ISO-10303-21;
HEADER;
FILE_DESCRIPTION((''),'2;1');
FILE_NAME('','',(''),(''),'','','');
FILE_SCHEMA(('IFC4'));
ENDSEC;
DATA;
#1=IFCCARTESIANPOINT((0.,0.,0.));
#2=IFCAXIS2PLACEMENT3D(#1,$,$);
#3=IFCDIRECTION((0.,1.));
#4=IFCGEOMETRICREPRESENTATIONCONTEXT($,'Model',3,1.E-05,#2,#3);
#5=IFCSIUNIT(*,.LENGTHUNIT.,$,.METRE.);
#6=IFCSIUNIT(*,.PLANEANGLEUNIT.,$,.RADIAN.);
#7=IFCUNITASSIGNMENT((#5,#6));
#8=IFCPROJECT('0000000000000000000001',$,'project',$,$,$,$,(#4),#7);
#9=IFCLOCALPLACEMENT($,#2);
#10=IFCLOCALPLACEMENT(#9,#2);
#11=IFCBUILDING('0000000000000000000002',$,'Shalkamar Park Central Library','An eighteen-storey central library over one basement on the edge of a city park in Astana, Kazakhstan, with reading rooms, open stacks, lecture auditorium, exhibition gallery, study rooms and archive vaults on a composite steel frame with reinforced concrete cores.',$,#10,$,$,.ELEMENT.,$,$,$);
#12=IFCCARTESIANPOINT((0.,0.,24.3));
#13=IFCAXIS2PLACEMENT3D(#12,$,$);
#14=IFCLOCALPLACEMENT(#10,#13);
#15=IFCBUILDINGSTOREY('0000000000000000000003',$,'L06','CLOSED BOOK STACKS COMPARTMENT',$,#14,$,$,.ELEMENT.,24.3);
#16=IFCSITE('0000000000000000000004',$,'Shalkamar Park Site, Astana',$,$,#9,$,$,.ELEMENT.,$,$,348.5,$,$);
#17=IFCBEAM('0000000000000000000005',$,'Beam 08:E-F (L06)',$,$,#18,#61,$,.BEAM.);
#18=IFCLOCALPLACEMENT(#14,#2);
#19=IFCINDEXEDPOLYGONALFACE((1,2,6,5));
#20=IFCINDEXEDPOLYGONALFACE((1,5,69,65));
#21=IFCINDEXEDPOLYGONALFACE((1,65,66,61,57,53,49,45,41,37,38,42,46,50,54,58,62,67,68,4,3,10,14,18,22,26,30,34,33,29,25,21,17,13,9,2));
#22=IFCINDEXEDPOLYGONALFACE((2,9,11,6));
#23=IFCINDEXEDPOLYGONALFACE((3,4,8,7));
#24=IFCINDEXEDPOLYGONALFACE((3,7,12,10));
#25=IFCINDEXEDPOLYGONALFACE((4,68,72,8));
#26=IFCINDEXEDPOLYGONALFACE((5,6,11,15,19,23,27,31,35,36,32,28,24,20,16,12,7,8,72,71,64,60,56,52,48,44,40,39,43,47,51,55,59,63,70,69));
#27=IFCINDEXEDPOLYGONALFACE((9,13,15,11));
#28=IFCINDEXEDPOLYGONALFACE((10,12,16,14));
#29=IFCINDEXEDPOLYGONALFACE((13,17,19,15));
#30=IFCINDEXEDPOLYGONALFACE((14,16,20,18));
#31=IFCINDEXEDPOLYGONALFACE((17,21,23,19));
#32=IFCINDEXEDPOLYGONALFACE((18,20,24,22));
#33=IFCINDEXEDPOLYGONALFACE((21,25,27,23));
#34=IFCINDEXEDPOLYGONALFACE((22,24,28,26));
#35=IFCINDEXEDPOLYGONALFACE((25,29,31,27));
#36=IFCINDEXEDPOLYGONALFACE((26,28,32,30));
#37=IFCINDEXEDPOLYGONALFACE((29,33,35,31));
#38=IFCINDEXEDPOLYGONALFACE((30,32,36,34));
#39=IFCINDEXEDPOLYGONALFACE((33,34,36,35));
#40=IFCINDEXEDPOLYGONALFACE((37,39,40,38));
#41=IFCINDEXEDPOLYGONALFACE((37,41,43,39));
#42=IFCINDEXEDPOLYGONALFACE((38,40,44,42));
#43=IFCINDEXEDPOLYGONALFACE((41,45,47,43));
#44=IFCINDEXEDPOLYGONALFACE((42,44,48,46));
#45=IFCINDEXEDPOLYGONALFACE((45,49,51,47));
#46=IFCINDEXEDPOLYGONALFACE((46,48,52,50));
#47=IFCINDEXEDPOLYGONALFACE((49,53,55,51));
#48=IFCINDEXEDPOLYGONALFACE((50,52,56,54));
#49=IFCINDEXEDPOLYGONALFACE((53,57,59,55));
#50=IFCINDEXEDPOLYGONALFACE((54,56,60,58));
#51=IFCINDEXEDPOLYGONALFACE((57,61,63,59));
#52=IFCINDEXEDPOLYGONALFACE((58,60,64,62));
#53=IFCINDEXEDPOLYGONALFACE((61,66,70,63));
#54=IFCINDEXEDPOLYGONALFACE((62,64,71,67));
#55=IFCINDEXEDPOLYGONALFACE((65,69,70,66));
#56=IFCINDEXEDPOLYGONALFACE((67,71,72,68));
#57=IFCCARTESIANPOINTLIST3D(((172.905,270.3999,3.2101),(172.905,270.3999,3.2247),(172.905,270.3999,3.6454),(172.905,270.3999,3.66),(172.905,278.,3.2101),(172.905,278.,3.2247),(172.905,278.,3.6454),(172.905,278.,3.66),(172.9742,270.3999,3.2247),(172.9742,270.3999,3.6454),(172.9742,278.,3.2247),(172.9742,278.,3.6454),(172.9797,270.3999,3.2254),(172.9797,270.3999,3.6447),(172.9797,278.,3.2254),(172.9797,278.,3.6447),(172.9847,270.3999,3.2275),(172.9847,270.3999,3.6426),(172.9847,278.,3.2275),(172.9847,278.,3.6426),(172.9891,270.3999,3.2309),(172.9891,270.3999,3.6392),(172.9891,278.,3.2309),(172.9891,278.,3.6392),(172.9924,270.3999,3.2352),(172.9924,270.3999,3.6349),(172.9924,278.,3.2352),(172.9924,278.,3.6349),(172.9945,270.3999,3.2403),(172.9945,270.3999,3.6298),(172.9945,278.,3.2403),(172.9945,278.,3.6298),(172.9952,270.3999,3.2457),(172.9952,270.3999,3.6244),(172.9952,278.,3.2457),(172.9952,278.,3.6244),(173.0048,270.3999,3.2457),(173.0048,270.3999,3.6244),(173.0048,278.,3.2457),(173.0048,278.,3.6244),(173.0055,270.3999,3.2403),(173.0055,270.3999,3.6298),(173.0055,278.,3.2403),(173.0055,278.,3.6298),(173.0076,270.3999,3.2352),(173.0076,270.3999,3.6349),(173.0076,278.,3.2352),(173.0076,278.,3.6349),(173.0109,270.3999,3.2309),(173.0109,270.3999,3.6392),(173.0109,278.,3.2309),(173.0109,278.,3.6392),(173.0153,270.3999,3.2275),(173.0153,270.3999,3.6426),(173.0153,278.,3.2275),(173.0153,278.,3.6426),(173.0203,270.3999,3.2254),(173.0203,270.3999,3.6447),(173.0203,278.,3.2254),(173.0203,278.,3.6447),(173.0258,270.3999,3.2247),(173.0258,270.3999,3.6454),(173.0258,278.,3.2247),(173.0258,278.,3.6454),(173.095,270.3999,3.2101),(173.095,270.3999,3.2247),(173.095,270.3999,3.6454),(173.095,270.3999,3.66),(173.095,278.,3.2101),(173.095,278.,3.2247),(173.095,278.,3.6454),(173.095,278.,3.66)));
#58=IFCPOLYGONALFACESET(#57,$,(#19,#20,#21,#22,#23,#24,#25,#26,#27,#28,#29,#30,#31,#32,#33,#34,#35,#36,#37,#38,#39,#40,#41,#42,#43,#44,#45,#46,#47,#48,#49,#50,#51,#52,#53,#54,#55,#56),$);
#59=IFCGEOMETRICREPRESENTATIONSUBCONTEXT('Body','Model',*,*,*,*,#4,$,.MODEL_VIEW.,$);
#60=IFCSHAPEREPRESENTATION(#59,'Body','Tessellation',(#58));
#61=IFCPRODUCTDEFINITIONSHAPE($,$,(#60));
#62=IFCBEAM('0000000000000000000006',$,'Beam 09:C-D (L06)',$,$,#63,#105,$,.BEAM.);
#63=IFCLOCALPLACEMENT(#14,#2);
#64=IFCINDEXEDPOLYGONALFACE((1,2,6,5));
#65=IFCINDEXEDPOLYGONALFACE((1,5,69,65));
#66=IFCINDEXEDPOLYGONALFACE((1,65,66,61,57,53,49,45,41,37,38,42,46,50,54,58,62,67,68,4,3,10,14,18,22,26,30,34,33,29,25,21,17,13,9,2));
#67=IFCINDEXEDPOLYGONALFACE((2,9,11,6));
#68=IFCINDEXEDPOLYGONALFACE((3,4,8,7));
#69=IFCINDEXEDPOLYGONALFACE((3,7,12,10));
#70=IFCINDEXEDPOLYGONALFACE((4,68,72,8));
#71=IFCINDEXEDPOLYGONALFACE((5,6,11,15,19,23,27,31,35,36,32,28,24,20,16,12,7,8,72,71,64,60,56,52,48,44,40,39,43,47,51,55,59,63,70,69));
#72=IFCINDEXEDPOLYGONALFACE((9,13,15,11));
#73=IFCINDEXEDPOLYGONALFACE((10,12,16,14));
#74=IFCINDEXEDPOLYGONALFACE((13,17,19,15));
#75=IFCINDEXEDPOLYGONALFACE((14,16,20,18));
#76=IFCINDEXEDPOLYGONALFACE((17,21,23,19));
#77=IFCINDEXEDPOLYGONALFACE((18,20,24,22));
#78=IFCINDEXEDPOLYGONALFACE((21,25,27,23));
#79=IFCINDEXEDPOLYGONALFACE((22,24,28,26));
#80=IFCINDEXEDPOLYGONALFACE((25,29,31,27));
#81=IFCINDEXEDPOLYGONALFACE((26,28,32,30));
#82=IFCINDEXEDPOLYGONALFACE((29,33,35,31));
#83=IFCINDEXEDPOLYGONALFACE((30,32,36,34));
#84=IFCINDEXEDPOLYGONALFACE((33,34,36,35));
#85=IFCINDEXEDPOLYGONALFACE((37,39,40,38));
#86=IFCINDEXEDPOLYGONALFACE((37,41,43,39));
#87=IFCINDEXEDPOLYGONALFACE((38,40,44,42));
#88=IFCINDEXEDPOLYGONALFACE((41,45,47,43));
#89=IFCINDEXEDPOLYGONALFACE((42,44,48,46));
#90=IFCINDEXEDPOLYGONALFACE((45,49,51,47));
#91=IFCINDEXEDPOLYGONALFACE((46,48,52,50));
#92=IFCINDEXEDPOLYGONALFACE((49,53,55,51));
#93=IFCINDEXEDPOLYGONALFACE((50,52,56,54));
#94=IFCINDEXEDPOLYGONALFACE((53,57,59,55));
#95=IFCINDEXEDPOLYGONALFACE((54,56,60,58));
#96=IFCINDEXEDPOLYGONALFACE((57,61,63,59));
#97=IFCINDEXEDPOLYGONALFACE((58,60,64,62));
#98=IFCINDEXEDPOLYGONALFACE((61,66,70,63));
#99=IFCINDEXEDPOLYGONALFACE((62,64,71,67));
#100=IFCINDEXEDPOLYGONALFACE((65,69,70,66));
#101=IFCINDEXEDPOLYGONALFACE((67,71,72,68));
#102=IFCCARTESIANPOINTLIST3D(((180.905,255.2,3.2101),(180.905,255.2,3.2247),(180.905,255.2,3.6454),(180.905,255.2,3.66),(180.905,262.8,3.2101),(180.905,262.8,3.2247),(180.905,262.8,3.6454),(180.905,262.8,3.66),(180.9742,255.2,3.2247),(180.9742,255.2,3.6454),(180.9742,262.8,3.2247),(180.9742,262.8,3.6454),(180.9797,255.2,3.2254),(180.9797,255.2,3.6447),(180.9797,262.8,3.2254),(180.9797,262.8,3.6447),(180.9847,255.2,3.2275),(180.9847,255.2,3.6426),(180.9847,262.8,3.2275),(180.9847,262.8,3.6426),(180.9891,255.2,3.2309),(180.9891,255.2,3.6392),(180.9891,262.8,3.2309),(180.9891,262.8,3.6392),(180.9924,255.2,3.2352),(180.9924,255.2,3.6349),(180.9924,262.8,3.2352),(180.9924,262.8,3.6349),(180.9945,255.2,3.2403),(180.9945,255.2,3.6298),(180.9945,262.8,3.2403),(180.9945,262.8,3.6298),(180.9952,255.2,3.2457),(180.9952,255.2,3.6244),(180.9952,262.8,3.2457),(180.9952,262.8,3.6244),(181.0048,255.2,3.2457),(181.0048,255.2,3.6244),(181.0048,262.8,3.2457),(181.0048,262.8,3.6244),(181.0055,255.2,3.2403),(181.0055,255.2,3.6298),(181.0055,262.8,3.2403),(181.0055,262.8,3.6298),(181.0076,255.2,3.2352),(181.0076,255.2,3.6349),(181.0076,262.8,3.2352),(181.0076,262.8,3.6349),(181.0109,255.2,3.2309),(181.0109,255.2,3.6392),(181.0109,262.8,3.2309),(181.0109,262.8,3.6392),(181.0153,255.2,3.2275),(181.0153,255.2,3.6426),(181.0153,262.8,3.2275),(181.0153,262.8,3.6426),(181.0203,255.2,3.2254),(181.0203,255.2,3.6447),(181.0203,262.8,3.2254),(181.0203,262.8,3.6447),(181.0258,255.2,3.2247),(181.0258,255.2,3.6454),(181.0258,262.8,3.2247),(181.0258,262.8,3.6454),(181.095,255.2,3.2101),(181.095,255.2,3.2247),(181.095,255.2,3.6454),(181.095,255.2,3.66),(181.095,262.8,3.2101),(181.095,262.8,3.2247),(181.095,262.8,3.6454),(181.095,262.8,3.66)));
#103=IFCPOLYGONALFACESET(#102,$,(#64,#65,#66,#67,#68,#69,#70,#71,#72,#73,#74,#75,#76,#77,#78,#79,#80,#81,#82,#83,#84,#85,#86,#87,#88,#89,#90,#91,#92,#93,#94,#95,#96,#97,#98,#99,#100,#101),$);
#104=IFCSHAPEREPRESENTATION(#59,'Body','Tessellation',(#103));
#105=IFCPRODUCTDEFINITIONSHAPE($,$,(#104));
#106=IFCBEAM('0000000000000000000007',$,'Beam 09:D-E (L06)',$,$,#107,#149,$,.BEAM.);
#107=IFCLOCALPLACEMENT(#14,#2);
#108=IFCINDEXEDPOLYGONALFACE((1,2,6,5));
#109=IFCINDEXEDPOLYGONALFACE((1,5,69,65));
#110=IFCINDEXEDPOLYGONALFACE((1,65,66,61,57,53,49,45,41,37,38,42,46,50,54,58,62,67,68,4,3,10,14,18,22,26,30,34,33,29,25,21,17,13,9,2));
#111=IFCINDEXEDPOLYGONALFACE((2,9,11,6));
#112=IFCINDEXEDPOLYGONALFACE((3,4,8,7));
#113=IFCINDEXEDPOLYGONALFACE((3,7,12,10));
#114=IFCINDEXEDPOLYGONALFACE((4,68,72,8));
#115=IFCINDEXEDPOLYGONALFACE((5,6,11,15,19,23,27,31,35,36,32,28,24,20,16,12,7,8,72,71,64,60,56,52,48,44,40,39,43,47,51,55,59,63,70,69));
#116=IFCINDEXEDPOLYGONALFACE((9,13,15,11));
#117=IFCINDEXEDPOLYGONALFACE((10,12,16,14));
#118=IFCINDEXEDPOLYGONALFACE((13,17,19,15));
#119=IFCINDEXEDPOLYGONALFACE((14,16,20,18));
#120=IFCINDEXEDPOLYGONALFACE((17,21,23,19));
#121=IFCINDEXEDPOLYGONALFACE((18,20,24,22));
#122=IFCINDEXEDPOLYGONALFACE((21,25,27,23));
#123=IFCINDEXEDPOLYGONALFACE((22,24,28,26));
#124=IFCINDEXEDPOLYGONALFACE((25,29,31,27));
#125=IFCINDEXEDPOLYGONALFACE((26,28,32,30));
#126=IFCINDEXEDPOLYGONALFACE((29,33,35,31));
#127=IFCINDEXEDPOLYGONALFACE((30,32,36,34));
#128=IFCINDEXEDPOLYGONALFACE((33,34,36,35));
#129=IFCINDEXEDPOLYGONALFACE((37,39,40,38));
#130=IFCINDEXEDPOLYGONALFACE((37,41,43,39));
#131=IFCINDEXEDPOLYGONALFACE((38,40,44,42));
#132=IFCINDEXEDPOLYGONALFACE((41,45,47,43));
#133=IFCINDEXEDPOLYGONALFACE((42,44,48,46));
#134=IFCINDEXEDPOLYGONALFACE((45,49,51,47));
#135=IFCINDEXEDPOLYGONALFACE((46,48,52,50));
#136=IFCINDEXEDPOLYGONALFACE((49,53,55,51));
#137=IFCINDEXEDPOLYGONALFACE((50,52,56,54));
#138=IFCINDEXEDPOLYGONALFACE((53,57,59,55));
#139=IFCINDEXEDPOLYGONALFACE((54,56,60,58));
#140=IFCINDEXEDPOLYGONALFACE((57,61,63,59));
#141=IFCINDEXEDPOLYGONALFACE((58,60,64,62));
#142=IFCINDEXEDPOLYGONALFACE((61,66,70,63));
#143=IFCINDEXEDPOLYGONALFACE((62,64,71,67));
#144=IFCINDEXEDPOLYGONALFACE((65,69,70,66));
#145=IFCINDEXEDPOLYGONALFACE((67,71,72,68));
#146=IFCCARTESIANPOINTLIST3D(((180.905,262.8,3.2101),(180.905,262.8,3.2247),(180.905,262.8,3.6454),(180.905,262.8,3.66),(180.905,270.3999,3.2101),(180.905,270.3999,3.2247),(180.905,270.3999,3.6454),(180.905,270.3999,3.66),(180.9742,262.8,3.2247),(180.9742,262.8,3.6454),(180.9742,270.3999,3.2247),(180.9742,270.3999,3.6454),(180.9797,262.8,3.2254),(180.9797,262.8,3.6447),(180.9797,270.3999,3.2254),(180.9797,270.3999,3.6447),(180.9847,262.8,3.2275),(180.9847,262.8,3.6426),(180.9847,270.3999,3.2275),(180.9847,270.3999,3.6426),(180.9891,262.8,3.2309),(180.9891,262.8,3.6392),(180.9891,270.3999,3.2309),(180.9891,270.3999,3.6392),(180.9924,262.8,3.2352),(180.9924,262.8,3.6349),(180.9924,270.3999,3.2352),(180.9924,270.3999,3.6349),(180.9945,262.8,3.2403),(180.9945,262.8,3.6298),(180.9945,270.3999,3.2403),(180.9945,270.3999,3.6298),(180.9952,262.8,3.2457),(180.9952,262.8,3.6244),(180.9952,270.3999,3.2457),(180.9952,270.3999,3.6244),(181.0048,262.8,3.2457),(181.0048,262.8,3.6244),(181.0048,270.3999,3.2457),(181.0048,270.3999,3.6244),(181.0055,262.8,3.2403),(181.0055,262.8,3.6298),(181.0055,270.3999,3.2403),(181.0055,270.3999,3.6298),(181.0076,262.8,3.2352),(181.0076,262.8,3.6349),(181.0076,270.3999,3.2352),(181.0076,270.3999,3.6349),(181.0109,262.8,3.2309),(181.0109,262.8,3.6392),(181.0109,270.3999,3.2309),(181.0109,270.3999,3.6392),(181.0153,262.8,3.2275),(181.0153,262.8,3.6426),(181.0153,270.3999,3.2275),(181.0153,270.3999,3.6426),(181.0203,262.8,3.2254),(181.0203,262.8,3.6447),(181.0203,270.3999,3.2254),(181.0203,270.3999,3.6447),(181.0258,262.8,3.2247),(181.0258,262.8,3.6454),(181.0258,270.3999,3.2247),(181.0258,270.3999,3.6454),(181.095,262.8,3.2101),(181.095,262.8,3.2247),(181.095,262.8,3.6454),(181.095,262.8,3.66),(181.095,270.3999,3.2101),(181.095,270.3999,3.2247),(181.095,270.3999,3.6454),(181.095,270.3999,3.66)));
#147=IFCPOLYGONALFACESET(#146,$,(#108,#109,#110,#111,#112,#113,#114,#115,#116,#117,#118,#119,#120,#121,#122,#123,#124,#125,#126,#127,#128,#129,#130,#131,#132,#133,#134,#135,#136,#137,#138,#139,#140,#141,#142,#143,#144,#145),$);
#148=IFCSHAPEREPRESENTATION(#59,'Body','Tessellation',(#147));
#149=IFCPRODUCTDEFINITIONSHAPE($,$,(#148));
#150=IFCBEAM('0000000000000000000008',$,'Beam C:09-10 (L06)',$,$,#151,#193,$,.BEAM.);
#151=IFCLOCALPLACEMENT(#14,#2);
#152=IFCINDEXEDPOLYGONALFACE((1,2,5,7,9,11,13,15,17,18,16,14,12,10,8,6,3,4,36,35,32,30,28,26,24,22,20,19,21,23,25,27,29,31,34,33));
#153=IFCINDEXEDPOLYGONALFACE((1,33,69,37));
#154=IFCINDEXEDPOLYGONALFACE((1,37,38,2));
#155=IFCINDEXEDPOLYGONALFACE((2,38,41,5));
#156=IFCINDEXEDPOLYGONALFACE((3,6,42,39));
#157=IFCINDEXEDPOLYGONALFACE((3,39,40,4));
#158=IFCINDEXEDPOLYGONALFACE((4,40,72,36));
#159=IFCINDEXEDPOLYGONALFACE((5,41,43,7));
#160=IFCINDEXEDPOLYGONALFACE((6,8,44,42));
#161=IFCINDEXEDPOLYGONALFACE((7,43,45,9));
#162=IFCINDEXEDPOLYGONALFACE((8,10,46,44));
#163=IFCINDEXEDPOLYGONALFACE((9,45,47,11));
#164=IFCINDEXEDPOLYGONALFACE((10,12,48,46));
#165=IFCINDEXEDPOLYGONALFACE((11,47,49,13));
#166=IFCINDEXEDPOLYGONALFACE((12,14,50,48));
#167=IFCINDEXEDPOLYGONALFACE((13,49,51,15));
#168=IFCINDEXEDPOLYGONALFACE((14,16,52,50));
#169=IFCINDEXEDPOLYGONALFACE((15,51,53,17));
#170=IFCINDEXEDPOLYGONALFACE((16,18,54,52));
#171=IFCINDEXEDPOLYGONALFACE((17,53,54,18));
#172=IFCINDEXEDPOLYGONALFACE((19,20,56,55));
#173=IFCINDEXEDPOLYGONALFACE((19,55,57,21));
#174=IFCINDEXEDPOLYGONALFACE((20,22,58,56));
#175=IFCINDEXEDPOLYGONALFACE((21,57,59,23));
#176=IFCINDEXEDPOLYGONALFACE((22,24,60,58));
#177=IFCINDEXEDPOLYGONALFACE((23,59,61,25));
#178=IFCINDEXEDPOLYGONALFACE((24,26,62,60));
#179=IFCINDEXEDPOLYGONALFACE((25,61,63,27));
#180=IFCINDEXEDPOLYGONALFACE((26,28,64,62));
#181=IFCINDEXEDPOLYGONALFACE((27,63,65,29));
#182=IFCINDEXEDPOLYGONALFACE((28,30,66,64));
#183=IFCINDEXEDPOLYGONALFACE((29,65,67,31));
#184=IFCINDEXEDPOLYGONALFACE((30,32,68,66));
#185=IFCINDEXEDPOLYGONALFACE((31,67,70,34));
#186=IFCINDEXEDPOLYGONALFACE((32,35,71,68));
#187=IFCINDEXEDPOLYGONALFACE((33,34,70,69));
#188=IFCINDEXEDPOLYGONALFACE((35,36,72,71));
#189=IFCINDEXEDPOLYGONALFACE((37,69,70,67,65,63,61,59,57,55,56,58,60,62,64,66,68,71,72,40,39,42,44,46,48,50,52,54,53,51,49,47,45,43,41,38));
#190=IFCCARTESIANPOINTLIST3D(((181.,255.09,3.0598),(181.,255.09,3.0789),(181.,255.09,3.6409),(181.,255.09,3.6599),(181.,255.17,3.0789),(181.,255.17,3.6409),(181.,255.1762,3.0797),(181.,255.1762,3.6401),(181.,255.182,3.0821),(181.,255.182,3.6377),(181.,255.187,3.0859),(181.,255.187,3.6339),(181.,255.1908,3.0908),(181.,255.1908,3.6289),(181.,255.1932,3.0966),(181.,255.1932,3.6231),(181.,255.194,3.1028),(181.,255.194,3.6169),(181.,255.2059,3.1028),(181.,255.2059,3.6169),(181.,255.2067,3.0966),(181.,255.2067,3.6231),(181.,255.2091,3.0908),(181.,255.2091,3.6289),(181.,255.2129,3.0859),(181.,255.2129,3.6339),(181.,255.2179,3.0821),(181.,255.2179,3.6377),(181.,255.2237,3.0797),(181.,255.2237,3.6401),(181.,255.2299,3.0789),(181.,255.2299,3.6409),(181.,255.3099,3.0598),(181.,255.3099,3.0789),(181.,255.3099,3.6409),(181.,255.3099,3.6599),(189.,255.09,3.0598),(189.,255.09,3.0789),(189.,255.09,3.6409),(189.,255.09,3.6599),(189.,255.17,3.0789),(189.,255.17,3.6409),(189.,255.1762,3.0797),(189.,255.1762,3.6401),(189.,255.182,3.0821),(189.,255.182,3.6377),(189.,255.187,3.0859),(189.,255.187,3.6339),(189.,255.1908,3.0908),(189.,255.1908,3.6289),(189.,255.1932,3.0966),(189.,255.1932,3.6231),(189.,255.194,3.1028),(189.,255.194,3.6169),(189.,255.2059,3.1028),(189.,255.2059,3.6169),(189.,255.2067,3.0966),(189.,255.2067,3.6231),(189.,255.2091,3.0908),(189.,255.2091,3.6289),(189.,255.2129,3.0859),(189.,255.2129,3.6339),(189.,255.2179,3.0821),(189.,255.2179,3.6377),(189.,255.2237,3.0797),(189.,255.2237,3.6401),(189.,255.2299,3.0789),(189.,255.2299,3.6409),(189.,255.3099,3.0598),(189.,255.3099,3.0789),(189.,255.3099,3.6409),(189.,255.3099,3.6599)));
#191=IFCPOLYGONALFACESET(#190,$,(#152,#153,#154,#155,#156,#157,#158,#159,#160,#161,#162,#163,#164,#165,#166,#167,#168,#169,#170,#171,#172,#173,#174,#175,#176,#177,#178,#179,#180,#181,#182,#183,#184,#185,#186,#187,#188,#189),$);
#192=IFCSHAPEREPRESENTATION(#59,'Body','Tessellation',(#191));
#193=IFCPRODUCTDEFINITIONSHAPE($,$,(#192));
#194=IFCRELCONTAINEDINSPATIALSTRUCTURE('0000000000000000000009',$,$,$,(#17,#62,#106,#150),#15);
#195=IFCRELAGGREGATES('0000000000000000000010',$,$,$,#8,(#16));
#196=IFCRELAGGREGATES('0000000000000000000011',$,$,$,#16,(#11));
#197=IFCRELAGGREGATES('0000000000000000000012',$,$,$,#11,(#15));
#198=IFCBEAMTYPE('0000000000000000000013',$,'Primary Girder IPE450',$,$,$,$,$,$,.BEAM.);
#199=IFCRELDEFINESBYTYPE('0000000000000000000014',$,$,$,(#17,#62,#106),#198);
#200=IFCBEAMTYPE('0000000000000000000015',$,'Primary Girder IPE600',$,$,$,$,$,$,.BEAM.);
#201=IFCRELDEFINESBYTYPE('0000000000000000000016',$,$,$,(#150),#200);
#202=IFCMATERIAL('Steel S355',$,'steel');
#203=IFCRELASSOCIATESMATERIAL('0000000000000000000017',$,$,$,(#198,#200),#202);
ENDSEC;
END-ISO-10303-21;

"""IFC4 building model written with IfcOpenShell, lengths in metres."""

from ifc_helpers import new_model, si_unit, direction, frame, origin, origin_2d, place, context, subcontext, project, spatial, i_section, extrude, material, material_profile, profile_set, type_object, element, save


model = new_model("IFC4")

# Units and contexts
model_context = context("Model", 3, precision=1e-05, world=origin(), true_north=direction((0.0, 1.0)))
body_context = subcontext(model_context, "Body", "Model", "MODEL_VIEW")
ifc_project = project(units=[si_unit("LENGTHUNIT", "METRE"), si_unit("PLANEANGLEUNIT", "RADIAN")], contexts=[model_context])

# Site, building, storey
site_placement = place(None, origin())
site = spatial("IfcSite", under=ifc_project, at=site_placement, Name="Shalkamar Park Site, Astana", CompositionType="ELEMENT", RefElevation=348.5)
building_placement = place(site_placement, origin())
building = spatial("IfcBuilding", under=site, at=building_placement, Name="Shalkamar Park Central Library", Description="An eighteen-storey central library over one basement on the edge of a city park in Astana, Kazakhstan, with reading rooms, open stacks, lecture auditorium, exhibition gallery, study rooms and archive vaults on a composite steel frame with reinforced concrete cores.", CompositionType="ELEMENT")
storey_placement = place(building_placement, frame((0.0, 0.0, 24.3)))
storey = spatial("IfcBuildingStorey", under=building, at=storey_placement, Name="L06", Description="CLOSED BOOK STACKS COMPARTMENT", CompositionType="ELEMENT", Elevation=24.3)

# Shared definitions
ifc_material_1 = material(Name="Steel S355", Category="steel")

# Beams
ifc_material_profile_1 = material_profile(ifc_material_1, i_section(OverallWidth=0.1899, OverallDepth=0.45, WebThickness=0.0095, FlangeThickness=0.0146, FilletRadius=0.021, at=origin_2d()), Name="IPE 450")
ifc_profile_set_1 = profile_set([ifc_material_profile_1], Name="Steel S355")
beam_type_1 = type_object("IfcBeamType", Name="Primary Girder IPE450", PredefinedType="BEAM", material=ifc_profile_set_1)
for number, where, z_axis, x_axis, name in (
    (1, (173.0, 270.3999, 3.4351), (0.0, 1.0, 0.0), (-1.0, 0.0, 0.0), "Beam 08:E-F (L06)"),
    (2, (181.0, 255.2, 3.4351), (0.0, 1.0, 0.0), (-1.0, 0.0, 0.0), "Beam 09:C-D (L06)"),
):
    element("IfcBeam", number, at=place(storey_placement, frame(where, z_axis=z_axis, x_axis=x_axis)), inside=storey, type_object=beam_type_1, Name=name, PredefinedType="BEAM", context=body_context, shape_type="SweptSolid", body=[
        extrude(i_section(OverallWidth=0.1899, OverallDepth=0.45, WebThickness=0.0095, FlangeThickness=0.0146, FilletRadius=0.021, at=origin_2d()), origin(), (0.0, 0.0, 1.0), 7.6001),
    ])
beam_1_placement = place(storey_placement, frame((181.0, 262.8, 3.4351), z_axis=(0.0, 1.0, 0.0), x_axis=(-1.0, 0.0, 0.0)))
element("IfcBeam", 3, at=beam_1_placement, inside=storey, type_object=beam_type_1, Name="Beam 09:D-E (L06)", PredefinedType="BEAM", context=body_context, shape_type="SweptSolid", body=[
    extrude(i_section(OverallWidth=0.1899, OverallDepth=0.45, WebThickness=0.0095, FlangeThickness=0.0146, FilletRadius=0.021, at=origin_2d()), origin(), (0.0, 0.0, 1.0), 7.5999),
])
ifc_material_profile_2 = material_profile(ifc_material_1, i_section(OverallWidth=0.22, OverallDepth=0.6001, WebThickness=0.012, FlangeThickness=0.019, FilletRadius=0.0239, at=origin_2d()), Name="IPE 600")
ifc_profile_set_2 = profile_set([ifc_material_profile_2], Name="Steel S355")
beam_type_2 = type_object("IfcBeamType", Name="Primary Girder IPE600", PredefinedType="BEAM", material=ifc_profile_set_2)
for number, where, z_axis, x_axis, name in (
    (4, (181.0, 255.2, 3.3599), (1.0, 0.0, 0.0), (0.0, 1.0, 0.0), "Beam C:09-10 (L06)"),
):
    element("IfcBeam", number, at=place(storey_placement, frame(where, z_axis=z_axis, x_axis=x_axis)), inside=storey, type_object=beam_type_2, Name=name, PredefinedType="BEAM", context=body_context, shape_type="SweptSolid", body=[
        extrude(i_section(OverallWidth=0.22, OverallDepth=0.6001, WebThickness=0.012, FlangeThickness=0.019, FilletRadius=0.0239, at=origin_2d()), origin(), (0.0, 0.0, 1.0), 8.0),
    ])

save(model, "model.ifc")
